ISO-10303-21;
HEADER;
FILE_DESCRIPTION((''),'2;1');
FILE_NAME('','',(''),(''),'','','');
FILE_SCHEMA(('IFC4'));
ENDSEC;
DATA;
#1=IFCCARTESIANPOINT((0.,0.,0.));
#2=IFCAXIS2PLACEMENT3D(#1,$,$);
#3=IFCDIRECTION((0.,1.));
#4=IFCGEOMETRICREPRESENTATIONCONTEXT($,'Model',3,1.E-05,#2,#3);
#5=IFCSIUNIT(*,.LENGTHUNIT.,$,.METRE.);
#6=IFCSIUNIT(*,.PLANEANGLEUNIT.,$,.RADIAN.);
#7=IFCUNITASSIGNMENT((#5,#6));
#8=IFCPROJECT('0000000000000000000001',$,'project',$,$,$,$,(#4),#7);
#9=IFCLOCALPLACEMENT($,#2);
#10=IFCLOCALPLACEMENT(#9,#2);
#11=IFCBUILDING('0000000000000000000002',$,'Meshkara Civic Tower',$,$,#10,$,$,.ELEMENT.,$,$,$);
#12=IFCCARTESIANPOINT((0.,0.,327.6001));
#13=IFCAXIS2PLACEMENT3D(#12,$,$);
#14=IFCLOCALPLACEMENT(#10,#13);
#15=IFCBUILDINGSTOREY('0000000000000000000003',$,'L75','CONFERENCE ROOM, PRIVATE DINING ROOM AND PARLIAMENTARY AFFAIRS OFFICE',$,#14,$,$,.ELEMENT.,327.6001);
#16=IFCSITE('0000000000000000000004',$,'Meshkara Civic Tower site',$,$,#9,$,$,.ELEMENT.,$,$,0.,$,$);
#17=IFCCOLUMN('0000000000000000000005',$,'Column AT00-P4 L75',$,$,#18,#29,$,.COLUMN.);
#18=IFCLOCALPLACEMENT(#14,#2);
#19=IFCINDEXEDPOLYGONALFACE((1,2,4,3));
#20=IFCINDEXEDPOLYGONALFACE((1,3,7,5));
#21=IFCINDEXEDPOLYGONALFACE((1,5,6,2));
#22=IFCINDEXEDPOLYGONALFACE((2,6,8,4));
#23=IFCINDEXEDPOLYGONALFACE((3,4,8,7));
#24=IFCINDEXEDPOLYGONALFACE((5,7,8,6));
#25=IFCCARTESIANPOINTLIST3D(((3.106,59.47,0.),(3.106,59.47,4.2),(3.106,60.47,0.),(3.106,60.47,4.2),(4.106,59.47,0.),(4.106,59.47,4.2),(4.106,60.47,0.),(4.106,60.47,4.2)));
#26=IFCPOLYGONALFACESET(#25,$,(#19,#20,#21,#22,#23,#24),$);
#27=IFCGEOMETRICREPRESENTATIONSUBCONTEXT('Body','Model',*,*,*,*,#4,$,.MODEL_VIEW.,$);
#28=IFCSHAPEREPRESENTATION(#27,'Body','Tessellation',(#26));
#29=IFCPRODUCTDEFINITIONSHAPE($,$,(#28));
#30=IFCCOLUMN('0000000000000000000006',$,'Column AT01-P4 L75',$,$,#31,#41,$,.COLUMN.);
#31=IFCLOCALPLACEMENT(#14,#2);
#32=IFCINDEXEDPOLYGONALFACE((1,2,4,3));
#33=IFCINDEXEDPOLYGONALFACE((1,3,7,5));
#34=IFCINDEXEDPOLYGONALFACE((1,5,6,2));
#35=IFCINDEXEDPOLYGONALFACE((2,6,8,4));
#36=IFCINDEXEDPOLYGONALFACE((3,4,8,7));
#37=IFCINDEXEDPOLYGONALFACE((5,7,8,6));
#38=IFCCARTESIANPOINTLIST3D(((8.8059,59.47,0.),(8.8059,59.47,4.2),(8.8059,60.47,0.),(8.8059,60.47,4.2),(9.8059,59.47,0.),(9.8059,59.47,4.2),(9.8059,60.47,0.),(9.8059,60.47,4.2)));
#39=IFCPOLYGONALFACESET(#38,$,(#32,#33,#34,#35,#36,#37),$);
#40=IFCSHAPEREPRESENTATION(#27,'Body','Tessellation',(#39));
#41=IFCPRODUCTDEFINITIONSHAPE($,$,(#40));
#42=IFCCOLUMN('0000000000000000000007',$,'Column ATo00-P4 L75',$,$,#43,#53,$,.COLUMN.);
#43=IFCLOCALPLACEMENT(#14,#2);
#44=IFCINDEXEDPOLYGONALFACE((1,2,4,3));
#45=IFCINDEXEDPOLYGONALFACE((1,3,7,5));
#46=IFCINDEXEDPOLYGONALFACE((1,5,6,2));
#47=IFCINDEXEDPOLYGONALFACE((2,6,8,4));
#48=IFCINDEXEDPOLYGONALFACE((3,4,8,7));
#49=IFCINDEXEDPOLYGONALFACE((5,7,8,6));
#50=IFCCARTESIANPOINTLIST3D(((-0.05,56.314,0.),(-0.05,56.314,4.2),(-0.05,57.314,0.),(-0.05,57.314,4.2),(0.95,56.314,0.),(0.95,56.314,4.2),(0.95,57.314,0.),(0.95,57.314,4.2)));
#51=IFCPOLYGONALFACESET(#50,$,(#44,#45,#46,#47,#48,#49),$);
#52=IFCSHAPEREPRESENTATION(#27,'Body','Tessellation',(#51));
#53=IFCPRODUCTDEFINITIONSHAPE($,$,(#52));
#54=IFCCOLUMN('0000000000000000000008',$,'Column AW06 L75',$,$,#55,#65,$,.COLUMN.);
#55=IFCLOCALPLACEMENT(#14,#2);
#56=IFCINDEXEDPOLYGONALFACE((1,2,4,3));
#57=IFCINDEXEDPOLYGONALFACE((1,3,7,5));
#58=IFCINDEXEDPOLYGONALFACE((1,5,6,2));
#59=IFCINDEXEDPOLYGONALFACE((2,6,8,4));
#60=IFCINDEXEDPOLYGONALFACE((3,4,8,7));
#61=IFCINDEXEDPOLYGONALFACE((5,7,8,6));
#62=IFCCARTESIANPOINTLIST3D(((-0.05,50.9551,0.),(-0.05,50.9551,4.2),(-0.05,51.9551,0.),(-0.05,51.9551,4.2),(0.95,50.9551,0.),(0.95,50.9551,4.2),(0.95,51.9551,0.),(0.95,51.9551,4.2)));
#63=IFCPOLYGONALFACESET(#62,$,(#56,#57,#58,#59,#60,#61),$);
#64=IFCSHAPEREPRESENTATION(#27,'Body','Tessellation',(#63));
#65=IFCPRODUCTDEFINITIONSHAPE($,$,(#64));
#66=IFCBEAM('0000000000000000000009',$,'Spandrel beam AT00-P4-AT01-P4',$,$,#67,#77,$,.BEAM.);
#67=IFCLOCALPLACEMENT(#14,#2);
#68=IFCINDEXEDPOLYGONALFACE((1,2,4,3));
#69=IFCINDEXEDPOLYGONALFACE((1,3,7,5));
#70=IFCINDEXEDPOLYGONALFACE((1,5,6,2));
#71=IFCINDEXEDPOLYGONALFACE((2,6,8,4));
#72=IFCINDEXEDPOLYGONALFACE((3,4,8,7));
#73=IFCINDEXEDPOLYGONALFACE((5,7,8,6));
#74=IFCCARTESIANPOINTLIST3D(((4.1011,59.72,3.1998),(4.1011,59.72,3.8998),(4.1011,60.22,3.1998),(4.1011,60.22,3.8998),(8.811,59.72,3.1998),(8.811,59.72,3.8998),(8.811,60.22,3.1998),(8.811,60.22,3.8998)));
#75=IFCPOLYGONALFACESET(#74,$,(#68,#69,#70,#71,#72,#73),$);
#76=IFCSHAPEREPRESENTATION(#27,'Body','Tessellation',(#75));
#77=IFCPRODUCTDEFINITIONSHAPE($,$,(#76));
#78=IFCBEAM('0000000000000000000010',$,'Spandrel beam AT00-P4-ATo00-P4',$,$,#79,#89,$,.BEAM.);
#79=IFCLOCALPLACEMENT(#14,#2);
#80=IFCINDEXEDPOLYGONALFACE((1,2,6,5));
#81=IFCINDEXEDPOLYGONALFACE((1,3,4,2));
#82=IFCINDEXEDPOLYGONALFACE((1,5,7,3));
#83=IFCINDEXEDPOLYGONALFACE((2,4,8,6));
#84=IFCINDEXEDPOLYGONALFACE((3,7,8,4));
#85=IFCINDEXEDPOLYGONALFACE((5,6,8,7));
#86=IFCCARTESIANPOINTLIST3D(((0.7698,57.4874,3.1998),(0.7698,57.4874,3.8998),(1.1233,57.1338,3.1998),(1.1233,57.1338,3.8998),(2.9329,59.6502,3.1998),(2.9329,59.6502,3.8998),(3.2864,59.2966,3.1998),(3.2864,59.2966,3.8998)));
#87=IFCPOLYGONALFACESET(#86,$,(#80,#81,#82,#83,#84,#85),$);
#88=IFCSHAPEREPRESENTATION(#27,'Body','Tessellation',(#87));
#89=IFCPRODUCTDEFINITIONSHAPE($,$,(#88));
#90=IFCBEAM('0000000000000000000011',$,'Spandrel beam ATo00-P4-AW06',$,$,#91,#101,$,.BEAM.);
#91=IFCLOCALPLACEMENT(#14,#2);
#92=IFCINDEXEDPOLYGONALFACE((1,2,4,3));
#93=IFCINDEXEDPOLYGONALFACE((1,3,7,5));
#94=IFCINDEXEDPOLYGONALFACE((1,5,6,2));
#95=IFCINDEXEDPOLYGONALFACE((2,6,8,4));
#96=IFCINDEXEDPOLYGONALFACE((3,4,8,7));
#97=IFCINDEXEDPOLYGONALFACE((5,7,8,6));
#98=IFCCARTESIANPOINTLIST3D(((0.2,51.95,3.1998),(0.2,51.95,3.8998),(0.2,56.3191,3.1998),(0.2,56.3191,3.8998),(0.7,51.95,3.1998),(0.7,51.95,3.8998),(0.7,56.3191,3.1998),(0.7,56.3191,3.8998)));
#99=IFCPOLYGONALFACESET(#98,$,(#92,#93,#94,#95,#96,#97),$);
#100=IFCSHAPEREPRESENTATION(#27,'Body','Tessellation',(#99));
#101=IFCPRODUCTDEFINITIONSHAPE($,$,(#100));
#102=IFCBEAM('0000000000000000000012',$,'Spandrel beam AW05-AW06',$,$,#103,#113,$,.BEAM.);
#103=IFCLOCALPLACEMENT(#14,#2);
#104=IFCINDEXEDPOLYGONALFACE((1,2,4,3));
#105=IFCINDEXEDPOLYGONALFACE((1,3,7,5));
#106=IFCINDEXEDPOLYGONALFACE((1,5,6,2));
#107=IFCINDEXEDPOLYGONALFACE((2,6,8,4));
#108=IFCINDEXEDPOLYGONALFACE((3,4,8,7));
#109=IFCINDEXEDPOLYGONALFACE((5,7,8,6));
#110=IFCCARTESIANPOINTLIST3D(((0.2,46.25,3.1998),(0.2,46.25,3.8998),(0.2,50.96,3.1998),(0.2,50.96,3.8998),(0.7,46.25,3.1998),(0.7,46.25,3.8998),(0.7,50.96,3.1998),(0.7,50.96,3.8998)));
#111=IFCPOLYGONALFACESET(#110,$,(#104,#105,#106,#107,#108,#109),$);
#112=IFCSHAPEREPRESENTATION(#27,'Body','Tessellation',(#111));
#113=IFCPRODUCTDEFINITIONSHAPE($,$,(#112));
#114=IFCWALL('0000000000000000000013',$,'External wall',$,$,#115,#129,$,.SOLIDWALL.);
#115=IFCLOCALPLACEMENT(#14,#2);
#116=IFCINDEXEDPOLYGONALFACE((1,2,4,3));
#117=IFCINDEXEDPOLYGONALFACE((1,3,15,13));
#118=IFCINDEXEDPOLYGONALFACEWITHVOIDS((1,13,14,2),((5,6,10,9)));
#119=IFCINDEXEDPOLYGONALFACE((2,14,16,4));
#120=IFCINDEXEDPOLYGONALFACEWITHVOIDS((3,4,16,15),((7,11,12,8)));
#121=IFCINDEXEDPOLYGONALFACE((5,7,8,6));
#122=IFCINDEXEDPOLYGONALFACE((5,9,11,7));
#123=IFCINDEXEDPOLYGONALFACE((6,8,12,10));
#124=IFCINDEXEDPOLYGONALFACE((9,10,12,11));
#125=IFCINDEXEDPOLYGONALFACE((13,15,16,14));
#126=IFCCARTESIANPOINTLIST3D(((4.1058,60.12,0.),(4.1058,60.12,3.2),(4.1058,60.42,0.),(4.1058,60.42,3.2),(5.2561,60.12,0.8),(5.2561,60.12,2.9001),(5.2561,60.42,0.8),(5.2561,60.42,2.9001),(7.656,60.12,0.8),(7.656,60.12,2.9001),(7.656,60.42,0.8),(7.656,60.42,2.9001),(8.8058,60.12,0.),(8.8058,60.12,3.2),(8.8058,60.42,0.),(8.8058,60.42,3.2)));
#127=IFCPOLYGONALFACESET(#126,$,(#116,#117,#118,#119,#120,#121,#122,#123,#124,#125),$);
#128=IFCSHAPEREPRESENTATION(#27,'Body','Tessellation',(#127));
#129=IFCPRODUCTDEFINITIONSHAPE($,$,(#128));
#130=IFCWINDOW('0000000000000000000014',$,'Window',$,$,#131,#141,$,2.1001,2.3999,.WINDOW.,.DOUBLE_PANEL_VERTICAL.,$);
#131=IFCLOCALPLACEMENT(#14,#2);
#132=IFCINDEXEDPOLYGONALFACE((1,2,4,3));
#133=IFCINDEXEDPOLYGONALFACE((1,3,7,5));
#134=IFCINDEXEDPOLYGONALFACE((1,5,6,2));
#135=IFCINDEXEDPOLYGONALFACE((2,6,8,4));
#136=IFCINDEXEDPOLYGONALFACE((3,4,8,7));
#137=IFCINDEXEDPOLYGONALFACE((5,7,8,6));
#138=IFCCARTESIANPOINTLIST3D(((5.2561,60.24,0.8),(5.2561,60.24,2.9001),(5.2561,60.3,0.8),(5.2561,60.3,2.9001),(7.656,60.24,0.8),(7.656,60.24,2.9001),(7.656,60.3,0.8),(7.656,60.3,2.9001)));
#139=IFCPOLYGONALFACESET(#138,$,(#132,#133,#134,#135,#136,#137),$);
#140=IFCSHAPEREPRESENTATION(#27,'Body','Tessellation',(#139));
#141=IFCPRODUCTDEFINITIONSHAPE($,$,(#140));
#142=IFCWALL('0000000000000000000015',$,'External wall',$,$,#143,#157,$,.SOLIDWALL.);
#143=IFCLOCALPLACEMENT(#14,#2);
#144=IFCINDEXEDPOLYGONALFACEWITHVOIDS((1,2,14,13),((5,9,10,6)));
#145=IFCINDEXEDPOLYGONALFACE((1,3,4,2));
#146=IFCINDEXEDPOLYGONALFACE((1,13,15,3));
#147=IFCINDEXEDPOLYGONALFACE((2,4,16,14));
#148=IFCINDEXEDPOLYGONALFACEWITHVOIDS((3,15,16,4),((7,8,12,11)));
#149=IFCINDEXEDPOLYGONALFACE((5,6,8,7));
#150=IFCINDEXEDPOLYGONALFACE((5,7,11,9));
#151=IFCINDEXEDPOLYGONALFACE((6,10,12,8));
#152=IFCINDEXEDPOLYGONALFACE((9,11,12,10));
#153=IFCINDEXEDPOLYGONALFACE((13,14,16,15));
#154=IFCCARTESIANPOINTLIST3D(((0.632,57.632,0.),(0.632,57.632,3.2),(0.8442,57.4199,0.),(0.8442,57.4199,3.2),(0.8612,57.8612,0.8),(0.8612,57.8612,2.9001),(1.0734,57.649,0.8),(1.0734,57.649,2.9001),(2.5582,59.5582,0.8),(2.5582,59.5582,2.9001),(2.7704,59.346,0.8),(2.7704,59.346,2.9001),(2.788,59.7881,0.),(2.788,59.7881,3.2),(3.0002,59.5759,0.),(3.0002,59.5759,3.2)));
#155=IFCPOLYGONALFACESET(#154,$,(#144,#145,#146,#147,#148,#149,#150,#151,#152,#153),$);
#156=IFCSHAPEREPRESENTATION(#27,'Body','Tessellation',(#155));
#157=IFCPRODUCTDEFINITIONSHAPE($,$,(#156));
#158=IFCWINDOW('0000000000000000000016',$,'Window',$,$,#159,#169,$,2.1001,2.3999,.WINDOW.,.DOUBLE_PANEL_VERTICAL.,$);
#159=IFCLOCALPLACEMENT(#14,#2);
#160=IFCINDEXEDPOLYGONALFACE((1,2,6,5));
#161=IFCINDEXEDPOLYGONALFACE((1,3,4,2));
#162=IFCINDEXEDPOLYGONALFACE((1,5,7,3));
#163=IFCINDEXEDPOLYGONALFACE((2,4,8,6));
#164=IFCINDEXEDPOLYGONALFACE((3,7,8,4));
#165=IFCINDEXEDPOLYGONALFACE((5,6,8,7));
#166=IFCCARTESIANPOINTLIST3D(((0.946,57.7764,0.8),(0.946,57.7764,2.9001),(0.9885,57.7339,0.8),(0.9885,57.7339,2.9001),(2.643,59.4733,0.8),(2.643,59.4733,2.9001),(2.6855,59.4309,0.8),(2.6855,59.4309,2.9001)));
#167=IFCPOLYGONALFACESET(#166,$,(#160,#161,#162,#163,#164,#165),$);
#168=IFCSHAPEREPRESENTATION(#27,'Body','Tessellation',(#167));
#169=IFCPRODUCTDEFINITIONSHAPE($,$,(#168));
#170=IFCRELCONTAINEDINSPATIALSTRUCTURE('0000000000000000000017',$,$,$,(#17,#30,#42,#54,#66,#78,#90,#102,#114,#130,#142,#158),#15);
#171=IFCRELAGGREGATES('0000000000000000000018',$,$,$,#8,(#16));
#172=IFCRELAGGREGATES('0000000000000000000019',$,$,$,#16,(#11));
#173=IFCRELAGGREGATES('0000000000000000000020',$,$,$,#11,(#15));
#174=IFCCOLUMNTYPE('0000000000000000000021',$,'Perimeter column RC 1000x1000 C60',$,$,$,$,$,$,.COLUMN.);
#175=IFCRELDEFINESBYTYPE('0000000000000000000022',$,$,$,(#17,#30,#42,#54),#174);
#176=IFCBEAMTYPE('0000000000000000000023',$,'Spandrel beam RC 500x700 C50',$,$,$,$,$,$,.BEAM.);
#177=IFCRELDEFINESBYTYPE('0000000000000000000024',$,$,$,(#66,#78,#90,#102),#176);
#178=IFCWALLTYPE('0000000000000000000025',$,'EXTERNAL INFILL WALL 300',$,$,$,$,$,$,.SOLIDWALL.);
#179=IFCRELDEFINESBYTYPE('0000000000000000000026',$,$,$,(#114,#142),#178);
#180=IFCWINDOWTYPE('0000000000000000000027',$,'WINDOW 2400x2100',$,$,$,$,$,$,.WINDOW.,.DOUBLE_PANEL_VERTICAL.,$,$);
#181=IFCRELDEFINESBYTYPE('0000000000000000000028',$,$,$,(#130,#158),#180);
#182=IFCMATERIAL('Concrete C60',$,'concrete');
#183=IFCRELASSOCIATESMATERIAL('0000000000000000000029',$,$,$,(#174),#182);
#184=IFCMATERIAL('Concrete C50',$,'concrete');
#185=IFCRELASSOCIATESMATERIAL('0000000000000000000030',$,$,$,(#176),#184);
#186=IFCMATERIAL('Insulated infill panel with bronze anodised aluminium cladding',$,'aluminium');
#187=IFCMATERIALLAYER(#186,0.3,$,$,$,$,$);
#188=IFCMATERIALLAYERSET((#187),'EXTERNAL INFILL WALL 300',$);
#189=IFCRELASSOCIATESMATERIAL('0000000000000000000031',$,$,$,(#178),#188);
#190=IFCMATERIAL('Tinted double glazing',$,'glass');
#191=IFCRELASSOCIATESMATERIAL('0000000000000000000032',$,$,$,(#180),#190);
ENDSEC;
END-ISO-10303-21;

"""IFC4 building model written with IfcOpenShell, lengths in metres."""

from ifc_helpers import new_model, si_unit, direction, frame, frame_2d, origin, origin_2d, place, context, subcontext, project, spatial, rectangle, extrude, material, layer, layer_set, material_profile, profile_set, type_object, element, fill, save


model = new_model("IFC4")

# Units and contexts
model_context = context("Model", 3, precision=1e-05, world=origin(), true_north=direction((0.0, 1.0)))
body_context = subcontext(model_context, "Body", "Model", "MODEL_VIEW")
ifc_project = project(units=[si_unit("LENGTHUNIT", "METRE"), si_unit("PLANEANGLEUNIT", "RADIAN")], contexts=[model_context])

# Site, building, storey
site_placement = place(None, origin())
site = spatial("IfcSite", under=ifc_project, at=site_placement, Name="Meshkara Civic Tower site", CompositionType="ELEMENT", RefElevation=0.0)
building_placement = place(site_placement, origin())
building = spatial("IfcBuilding", under=site, at=building_placement, Name="Meshkara Civic Tower", CompositionType="ELEMENT")
storey_placement = place(building_placement, frame((0.0, 0.0, 327.6001)))
storey = spatial("IfcBuildingStorey", under=building, at=storey_placement, Name="L75", Description="CONFERENCE ROOM, PRIVATE DINING ROOM AND PARLIAMENTARY AFFAIRS OFFICE", CompositionType="ELEMENT", Elevation=327.6001)

# Columns
ifc_material_1 = material(Name="Concrete C60", Category="concrete")
ifc_material_profile_1 = material_profile(ifc_material_1, rectangle(XDim=1.0, YDim=1.0, at=origin_2d()))
ifc_profile_set_1 = profile_set([ifc_material_profile_1], Name="Concrete C60")
column_type = type_object("IfcColumnType", Name="Perimeter column RC 1000x1000 C60", PredefinedType="COLUMN", material=ifc_profile_set_1)
for number, where, z_axis, x_axis, name in (
    (1, (3.606, 59.97, 0.0), (0.0, 0.0, 1.0), (1.0, 0.0, 0.0), "Column AT00-P4 L75"),
    (2, (9.3059, 59.97, 0.0), (0.0, 0.0, 1.0), (1.0, 0.0, 0.0), "Column AT01-P4 L75"),
    (3, (0.45, 56.814, 0.0), (0.0, 0.0, 1.0), (1.0, 0.0, 0.0), "Column ATo00-P4 L75"),
    (4, (0.45, 51.4551, 0.0), (0.0, 0.0, 1.0), (1.0, 0.0, 0.0), "Column AW06 L75"),
):
    element("IfcColumn", number, at=place(storey_placement, frame(where, z_axis=z_axis, x_axis=x_axis)), inside=storey, type_object=column_type, Name=name, PredefinedType="COLUMN", context=body_context, shape_type="SweptSolid", body=[
        extrude(rectangle(XDim=1.0, YDim=1.0, at=origin_2d()), origin(), (0.0, 0.0, 1.0), 4.2),
    ])

# Beams
ifc_material_2 = material(Name="Concrete C50", Category="concrete")
ifc_material_profile_2 = material_profile(ifc_material_2, rectangle(XDim=0.5, YDim=0.7, at=origin_2d()))
ifc_profile_set_2 = profile_set([ifc_material_profile_2], Name="Concrete C50")
beam_type = type_object("IfcBeamType", Name="Spandrel beam RC 500x700 C50", PredefinedType="BEAM", material=ifc_profile_set_2)
beam_1_placement = place(storey_placement, frame((8.811, 59.97, 3.5498), z_axis=(-1.0, 0.0, 0.0), x_axis=(0.0, -1.0, 0.0)))
element("IfcBeam", 5, at=beam_1_placement, inside=storey, type_object=beam_type, Name="Spandrel beam AT00-P4-AT01-P4", PredefinedType="BEAM", context=body_context, shape_type="SweptSolid", body=[
    extrude(rectangle(XDim=0.5, YDim=0.7, at=origin_2d()), origin(), (0.0, 0.0, 1.0), 4.71),
])
beam_2_placement = place(storey_placement, frame((3.1096, 59.4734, 3.5498), z_axis=(-0.707147, -0.707067, 0.0), x_axis=(0.707067, -0.707147, 0.0)))
element("IfcBeam", 6, at=beam_2_placement, inside=storey, type_object=beam_type, Name="Spandrel beam AT00-P4-ATo00-P4", PredefinedType="BEAM", context=body_context, shape_type="SweptSolid", body=[
    extrude(rectangle(XDim=0.5, YDim=0.7, at=origin_2d()), origin(), (0.0, 0.0, 1.0), 3.0588),
])
beam_3_placement = place(storey_placement, frame((0.45, 56.3191, 3.5498), z_axis=(0.0, -1.0, 0.0), x_axis=(1.0, 0.0, 0.0)))
element("IfcBeam", 7, at=beam_3_placement, inside=storey, type_object=beam_type, Name="Spandrel beam ATo00-P4-AW06", PredefinedType="BEAM", context=body_context, shape_type="SweptSolid", body=[
    extrude(rectangle(XDim=0.5, YDim=0.7, at=origin_2d()), origin(), (0.0, 0.0, 1.0), 4.3691),
])
beam_4_placement = place(storey_placement, frame((0.45, 50.96, 3.5498), z_axis=(0.0, -1.0, 0.0), x_axis=(1.0, 0.0, 0.0)))
element("IfcBeam", 8, at=beam_4_placement, inside=storey, type_object=beam_type, Name="Spandrel beam AW05-AW06", PredefinedType="BEAM", context=body_context, shape_type="SweptSolid", body=[
    extrude(rectangle(XDim=0.5, YDim=0.7, at=origin_2d()), origin(), (0.0, 0.0, 1.0), 4.71),
])

# Walls, openings, windows
ifc_material_3 = material(Name="Insulated infill panel with bronze anodised aluminium cladding", Category="aluminium")
ifc_layer_1 = layer(ifc_material_3, 0.3)
ifc_layer_set_1 = layer_set([ifc_layer_1], Name="EXTERNAL INFILL WALL 300")
wall_type_1 = type_object("IfcWallType", Name="EXTERNAL INFILL WALL 300", PredefinedType="SOLIDWALL", material=ifc_layer_set_1)
wall_1_placement = place(storey_placement, frame((8.8059, 60.27, 0.0), z_axis=(0.0, 0.0, 1.0), x_axis=(-1.0, 0.0, 0.0)))
wall_1 = element("IfcWall", 9, at=wall_1_placement, inside=storey, type_object=wall_type_1, Name="External wall", PredefinedType="SOLIDWALL", context=body_context, shape_type="SweptSolid", body=[
    extrude(rectangle(XDim=4.7, YDim=0.3, at=frame_2d((2.3501, 0.0))), origin(), (0.0, 0.0, 1.0), 3.2),
])
opening_1_placement = place(wall_1_placement, frame((1.1499, 0.0, 0.8)))
opening_1 = element("IfcOpeningElement", 10, at=opening_1_placement, cuts=wall_1, PredefinedType="OPENING", context=body_context, shape_type="SweptSolid", body=[
    extrude(rectangle(XDim=2.3999, YDim=2.1001, at=frame_2d((1.2, 1.05))), frame((0.0, 0.1599, 0.0), z_axis=(0.0, -1.0, 0.0), x_axis=(1.0, 0.0, 0.0)), (0.0, 0.0, 1.0), 0.3201),
])
ifc_material_4 = material(Name="Tinted double glazing", Category="glass")
window_type = type_object("IfcWindowType", Name="WINDOW 2400x2100", PartitioningType="DOUBLE_PANEL_VERTICAL", PredefinedType="WINDOW", material=ifc_material_4)
window_1_placement = place(opening_1_placement, origin())
window_1 = element("IfcWindow", 11, at=window_1_placement, inside=storey, type_object=window_type, Name="Window", OverallHeight=2.1001, OverallWidth=2.3999, PartitioningType="DOUBLE_PANEL_VERTICAL", PredefinedType="WINDOW", context=body_context, shape_type="SweptSolid", body=[
    extrude(rectangle(XDim=2.3999, YDim=2.1001, at=frame_2d((1.2, 1.05))), frame((0.0, 0.03, 0.0), z_axis=(0.0, -1.0, 0.0), x_axis=(1.0, 0.0, 0.0)), (0.0, 0.0, 1.0), 0.0601),
])
fill(opening_1, window_1)
wall_2_placement = place(storey_placement, frame((2.894, 59.6819, 0.0), z_axis=(0.0, 0.0, 1.0), x_axis=(-0.707107, -0.707107, 0.0)))
wall_2 = element("IfcWall", 12, at=wall_2_placement, inside=storey, type_object=wall_type_1, Name="External wall", PredefinedType="SOLIDWALL", context=body_context, shape_type="SweptSolid", body=[
    extrude(rectangle(XDim=3.0491, YDim=0.3, at=frame_2d((1.5244, 0.0))), origin(), (0.0, 0.0, 1.0), 3.2),
])
opening_2_placement = place(wall_2_placement, frame((0.325, 0.0, 0.8)))
opening_2 = element("IfcOpeningElement", 13, at=opening_2_placement, cuts=wall_2, PredefinedType="OPENING", context=body_context, shape_type="SweptSolid", body=[
    extrude(rectangle(XDim=2.3999, YDim=2.1001, at=frame_2d((1.2, 1.05))), frame((0.0, 0.1599, 0.0), z_axis=(0.0, -1.0, 0.0), x_axis=(1.0, 0.0, 0.0)), (0.0, 0.0, 1.0), 0.3201),
])
window_2_placement = place(opening_2_placement, origin())
window_2 = element("IfcWindow", 14, at=window_2_placement, inside=storey, type_object=window_type, Name="Window", OverallHeight=2.1001, OverallWidth=2.3999, PartitioningType="DOUBLE_PANEL_VERTICAL", PredefinedType="WINDOW", context=body_context, shape_type="SweptSolid", body=[
    extrude(rectangle(XDim=2.3999, YDim=2.1001, at=frame_2d((1.2, 1.05))), frame((0.0, 0.03, 0.0), z_axis=(0.0, -1.0, 0.0), x_axis=(1.0, 0.0, 0.0)), (0.0, 0.0, 1.0), 0.0601),
])
fill(opening_2, window_2)

save(model, "model.ifc")
